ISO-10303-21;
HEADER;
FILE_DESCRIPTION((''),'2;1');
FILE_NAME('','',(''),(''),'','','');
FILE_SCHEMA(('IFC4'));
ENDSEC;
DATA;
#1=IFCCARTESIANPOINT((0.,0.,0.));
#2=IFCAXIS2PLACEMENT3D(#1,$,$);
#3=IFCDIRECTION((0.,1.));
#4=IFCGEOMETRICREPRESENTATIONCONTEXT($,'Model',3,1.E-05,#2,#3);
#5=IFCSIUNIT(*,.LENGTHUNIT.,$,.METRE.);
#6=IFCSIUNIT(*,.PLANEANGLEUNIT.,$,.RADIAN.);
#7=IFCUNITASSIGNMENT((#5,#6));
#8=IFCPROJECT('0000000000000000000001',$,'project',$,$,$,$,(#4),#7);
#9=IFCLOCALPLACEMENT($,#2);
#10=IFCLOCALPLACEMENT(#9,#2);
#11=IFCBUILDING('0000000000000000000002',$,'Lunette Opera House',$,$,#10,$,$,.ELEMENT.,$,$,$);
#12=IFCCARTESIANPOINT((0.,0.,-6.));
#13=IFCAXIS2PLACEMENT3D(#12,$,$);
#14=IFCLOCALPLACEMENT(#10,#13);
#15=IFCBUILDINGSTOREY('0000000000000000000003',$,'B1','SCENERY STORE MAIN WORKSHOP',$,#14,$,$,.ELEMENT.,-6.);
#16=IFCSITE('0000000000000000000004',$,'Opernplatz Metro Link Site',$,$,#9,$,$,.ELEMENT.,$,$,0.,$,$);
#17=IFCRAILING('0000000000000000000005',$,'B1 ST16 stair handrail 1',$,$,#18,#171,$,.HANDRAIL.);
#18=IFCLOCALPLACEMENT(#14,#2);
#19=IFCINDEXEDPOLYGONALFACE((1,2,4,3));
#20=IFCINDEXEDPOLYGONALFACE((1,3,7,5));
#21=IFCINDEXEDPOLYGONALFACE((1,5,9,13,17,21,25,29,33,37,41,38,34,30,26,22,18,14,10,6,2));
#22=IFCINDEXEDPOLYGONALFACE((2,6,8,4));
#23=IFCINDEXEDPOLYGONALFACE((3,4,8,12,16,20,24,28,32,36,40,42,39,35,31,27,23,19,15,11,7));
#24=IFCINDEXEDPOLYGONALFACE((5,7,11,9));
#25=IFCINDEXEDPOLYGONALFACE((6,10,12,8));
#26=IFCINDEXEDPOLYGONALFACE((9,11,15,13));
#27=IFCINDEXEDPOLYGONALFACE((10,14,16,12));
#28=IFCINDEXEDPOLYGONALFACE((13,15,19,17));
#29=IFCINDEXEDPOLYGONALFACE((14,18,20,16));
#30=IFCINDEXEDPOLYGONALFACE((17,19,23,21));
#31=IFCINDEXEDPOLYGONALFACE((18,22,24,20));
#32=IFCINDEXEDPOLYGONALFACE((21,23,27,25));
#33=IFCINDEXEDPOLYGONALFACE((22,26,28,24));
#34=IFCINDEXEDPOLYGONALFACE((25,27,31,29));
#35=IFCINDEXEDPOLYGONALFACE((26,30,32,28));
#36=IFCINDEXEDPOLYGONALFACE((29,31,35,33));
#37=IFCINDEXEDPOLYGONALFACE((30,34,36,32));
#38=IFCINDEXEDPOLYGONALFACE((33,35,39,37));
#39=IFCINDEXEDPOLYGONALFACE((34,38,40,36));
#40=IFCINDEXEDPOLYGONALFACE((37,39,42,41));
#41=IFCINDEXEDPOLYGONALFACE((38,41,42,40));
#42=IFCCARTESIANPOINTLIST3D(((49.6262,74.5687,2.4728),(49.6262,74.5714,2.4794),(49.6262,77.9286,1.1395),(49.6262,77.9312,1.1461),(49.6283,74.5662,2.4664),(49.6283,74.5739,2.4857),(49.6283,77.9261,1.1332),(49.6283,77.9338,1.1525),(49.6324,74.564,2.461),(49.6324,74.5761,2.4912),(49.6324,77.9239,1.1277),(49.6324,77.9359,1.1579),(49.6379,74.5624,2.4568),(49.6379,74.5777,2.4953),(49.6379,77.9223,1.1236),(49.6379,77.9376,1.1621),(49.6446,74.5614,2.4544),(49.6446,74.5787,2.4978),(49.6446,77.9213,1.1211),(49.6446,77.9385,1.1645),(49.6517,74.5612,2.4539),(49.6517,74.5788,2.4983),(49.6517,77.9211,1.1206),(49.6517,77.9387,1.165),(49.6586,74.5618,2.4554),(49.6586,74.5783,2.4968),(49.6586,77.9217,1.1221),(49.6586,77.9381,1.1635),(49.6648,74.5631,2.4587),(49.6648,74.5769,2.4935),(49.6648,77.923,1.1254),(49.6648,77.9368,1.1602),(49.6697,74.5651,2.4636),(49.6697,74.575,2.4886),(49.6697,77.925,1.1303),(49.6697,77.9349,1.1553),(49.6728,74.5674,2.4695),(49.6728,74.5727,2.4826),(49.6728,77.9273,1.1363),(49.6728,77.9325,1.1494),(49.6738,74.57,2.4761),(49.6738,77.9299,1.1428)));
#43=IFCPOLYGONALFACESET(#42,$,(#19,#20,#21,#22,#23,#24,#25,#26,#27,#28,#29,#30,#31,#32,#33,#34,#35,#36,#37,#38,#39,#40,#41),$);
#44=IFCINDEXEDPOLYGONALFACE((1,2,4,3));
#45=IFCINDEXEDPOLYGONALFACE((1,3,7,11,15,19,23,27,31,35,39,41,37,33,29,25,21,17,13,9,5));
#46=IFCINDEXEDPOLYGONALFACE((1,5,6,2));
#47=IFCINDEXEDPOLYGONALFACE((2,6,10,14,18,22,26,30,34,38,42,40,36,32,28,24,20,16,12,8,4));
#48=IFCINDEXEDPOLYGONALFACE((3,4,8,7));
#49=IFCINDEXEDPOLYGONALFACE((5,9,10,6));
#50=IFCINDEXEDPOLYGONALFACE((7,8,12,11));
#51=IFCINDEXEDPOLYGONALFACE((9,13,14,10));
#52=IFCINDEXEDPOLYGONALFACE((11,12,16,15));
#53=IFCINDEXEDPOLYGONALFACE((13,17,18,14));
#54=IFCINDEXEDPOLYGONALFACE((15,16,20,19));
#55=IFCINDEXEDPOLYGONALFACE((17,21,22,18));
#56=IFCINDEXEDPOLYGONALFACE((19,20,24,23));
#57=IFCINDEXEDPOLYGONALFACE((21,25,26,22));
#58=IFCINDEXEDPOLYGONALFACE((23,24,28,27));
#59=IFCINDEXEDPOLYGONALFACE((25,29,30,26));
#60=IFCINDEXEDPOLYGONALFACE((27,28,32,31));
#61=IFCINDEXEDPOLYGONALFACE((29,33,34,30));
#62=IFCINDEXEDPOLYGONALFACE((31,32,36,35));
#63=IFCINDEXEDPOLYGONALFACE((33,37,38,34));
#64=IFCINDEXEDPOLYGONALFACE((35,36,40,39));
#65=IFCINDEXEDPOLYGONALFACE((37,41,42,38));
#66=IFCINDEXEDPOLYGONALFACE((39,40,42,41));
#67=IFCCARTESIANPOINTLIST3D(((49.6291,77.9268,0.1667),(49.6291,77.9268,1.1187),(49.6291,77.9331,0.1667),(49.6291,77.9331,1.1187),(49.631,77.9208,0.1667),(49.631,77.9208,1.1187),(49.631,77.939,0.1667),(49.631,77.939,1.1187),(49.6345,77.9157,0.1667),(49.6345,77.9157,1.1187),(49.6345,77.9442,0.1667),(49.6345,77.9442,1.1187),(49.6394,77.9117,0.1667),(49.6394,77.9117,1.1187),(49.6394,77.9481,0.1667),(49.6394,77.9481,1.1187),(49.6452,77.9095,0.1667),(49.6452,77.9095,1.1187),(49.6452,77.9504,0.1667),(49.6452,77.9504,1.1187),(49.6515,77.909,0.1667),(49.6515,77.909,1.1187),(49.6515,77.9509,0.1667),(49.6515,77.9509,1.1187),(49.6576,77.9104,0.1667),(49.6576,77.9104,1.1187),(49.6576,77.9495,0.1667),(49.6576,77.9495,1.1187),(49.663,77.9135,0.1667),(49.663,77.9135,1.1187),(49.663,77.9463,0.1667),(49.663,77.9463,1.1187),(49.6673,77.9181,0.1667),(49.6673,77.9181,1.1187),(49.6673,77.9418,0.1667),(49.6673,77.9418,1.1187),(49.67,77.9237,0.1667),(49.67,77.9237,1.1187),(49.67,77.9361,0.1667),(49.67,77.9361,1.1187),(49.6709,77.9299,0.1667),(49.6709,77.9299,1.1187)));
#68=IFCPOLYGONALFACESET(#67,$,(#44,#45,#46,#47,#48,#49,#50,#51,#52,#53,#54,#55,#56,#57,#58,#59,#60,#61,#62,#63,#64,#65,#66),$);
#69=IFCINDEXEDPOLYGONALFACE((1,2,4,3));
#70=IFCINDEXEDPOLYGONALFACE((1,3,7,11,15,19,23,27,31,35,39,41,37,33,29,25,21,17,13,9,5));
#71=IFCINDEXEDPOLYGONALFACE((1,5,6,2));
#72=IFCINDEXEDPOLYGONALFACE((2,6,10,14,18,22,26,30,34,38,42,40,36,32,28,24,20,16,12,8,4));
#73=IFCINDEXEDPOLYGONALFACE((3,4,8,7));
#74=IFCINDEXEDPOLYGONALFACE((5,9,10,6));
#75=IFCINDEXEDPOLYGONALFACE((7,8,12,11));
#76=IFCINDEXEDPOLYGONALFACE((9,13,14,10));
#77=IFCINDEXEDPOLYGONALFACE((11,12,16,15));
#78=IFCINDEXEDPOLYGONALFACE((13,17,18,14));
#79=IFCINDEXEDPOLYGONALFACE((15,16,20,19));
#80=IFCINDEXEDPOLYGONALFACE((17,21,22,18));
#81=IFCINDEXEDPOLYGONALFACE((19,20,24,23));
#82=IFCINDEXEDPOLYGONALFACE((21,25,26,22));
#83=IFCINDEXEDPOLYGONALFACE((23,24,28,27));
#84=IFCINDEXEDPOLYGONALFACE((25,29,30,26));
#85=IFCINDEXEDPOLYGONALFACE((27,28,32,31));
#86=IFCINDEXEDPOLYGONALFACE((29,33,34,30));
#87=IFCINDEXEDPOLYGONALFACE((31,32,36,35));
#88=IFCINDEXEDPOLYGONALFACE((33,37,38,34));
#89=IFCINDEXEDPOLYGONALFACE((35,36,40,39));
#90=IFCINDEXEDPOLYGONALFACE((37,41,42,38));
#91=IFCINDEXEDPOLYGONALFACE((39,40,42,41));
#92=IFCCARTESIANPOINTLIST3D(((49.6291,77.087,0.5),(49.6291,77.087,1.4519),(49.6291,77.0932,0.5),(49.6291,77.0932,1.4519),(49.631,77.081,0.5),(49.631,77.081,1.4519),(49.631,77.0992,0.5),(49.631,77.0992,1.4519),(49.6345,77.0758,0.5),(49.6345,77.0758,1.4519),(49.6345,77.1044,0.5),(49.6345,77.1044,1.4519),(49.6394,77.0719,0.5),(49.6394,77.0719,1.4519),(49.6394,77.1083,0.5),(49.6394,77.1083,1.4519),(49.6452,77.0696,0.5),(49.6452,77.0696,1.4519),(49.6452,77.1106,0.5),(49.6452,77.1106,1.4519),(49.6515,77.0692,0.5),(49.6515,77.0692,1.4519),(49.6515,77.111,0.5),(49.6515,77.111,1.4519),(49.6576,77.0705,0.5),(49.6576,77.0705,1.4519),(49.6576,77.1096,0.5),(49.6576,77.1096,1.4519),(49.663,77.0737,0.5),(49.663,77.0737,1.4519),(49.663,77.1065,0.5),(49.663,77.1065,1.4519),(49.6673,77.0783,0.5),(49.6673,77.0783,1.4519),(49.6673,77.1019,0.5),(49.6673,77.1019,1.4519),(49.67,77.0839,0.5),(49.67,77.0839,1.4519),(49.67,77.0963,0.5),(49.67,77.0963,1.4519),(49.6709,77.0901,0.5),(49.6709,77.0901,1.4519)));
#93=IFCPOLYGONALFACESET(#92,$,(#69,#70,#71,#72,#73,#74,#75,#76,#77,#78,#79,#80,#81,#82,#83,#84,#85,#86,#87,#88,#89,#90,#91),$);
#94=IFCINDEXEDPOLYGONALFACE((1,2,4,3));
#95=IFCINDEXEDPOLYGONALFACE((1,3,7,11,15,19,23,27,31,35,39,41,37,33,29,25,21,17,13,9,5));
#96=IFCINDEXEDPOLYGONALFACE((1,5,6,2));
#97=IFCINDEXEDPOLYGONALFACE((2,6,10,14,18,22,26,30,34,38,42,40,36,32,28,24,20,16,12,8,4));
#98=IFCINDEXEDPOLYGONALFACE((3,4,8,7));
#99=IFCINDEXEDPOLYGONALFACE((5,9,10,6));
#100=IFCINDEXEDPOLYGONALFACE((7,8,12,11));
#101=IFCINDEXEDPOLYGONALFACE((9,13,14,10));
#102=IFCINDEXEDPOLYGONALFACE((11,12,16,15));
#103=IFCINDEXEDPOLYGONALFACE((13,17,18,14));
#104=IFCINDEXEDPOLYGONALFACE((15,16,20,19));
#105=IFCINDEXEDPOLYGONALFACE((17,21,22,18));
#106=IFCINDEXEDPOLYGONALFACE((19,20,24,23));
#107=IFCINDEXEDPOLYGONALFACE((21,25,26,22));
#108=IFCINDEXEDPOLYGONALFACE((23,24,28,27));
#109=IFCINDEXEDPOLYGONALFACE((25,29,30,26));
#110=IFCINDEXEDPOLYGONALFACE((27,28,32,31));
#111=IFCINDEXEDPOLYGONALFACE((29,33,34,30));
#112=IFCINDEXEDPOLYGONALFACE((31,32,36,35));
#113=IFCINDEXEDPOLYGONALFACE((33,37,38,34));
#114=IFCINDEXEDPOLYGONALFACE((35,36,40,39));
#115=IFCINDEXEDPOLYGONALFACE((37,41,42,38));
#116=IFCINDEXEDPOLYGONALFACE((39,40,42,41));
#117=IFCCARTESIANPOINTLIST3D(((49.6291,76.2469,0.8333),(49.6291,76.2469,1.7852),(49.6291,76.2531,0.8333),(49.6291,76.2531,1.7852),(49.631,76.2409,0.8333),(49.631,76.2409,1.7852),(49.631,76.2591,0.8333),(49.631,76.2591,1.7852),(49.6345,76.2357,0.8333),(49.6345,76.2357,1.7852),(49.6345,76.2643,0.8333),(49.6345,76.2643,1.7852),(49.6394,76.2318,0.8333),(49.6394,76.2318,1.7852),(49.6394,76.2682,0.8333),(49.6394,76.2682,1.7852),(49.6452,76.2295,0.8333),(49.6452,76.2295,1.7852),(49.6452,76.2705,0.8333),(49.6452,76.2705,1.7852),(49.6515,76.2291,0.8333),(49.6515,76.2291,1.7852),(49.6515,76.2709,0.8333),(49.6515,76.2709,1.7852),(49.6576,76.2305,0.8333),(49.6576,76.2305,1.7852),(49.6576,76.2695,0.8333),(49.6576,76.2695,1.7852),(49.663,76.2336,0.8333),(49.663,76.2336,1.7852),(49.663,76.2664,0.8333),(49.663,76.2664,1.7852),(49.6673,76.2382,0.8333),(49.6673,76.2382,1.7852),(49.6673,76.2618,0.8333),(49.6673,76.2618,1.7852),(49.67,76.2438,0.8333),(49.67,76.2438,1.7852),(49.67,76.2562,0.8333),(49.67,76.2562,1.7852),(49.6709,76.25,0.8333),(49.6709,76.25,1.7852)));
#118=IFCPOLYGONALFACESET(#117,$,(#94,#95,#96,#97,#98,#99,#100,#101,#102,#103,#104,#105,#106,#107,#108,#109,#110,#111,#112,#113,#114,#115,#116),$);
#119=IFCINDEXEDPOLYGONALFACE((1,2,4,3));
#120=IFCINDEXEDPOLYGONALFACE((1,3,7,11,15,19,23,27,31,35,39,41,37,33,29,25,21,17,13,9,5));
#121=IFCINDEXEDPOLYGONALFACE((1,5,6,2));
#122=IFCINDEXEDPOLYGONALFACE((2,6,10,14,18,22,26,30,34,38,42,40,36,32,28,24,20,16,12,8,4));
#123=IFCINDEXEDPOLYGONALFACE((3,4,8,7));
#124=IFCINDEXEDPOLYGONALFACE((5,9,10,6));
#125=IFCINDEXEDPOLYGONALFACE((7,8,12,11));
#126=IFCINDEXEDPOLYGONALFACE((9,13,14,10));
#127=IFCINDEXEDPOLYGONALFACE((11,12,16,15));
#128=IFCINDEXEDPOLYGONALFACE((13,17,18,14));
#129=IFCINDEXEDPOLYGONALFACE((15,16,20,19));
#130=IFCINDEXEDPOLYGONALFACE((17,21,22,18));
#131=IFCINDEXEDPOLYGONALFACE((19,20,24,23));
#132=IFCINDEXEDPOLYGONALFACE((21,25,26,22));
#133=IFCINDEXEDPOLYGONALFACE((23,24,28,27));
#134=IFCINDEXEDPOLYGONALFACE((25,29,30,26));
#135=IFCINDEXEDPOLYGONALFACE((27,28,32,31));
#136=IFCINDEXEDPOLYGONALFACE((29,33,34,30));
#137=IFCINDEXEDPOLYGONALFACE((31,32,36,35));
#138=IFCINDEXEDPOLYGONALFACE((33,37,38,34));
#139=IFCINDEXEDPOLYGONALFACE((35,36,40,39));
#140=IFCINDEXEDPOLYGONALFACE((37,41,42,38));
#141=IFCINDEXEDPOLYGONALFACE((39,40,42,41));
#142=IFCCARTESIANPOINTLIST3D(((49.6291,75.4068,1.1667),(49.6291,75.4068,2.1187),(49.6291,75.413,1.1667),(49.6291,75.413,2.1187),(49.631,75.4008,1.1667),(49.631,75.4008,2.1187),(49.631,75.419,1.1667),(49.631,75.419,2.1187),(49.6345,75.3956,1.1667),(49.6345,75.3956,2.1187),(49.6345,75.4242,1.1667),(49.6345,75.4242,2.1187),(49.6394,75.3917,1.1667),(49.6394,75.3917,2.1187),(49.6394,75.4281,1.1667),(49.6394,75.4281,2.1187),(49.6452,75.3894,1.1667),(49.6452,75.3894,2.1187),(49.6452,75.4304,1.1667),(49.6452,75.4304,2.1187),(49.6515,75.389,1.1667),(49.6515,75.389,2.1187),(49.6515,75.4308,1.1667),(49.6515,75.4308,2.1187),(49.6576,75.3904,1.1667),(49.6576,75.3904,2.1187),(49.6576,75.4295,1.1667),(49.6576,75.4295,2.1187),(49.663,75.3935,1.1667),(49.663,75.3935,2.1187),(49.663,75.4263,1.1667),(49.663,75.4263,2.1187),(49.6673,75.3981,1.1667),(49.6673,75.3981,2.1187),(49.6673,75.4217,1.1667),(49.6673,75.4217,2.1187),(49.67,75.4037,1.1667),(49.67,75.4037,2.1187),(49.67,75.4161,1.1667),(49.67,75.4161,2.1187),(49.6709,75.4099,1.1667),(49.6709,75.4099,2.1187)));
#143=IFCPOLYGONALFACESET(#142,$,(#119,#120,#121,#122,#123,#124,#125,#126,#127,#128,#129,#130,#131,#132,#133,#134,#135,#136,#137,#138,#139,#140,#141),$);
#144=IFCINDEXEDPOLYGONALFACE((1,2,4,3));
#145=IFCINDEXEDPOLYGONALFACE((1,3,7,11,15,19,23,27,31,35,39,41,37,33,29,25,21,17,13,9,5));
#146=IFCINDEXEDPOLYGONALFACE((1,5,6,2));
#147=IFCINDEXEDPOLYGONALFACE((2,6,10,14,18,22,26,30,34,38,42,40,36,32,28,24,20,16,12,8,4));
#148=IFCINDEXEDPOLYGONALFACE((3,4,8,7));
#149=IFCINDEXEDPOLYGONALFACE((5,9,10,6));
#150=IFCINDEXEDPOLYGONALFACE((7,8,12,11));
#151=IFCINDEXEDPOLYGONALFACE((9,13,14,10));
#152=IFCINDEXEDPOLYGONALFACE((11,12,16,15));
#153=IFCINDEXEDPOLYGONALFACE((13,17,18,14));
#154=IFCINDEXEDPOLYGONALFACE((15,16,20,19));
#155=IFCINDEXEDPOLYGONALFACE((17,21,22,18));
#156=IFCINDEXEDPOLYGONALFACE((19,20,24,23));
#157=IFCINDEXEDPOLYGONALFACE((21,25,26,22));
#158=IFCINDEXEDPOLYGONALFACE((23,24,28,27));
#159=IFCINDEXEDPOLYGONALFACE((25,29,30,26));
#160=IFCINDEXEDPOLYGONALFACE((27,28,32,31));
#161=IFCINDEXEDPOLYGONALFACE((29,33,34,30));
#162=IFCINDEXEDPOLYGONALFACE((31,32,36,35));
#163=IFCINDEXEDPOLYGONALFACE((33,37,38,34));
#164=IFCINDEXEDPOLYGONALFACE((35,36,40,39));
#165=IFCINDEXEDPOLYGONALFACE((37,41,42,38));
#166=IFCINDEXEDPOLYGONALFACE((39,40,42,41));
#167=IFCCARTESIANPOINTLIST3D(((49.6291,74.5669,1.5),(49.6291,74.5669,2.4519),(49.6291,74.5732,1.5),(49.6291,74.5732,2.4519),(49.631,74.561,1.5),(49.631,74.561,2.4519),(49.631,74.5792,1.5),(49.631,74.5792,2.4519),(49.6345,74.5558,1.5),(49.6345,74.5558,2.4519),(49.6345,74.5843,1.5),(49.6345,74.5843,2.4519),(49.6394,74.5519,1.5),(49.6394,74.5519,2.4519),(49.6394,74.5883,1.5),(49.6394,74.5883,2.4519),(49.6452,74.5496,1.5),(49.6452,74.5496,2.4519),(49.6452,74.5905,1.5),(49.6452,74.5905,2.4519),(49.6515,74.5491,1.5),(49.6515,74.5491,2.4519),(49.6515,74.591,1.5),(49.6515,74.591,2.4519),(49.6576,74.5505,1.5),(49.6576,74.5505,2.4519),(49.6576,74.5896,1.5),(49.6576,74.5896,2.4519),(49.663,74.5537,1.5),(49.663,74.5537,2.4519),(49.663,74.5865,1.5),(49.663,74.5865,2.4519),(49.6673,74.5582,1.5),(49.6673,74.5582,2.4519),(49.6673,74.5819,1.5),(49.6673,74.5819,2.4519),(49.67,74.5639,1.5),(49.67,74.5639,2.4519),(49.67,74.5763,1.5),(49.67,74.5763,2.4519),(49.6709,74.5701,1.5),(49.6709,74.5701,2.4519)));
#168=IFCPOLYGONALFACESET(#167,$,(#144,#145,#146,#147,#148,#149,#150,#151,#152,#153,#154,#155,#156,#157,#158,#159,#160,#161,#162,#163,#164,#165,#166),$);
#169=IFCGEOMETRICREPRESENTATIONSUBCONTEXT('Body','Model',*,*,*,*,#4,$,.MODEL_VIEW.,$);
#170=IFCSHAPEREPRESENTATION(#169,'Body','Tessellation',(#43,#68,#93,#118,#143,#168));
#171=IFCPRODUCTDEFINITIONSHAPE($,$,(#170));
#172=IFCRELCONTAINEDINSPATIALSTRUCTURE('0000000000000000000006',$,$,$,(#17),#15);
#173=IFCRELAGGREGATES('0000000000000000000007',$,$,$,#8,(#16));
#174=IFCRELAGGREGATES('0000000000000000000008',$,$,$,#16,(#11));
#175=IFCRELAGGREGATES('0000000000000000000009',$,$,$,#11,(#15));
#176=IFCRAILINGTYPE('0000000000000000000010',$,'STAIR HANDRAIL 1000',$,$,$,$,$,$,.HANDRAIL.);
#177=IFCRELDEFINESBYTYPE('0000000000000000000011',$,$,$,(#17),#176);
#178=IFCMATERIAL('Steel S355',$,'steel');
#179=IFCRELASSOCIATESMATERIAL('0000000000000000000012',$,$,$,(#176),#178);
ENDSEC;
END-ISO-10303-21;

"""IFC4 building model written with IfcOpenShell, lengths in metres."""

from ifc_helpers import new_model, si_unit, direction, frame, origin, origin_2d, place, context, subcontext, project, spatial, circle, extrude, material, type_object, element, save


model = new_model("IFC4")

# Units and contexts
model_context = context("Model", 3, precision=1e-05, world=origin(), true_north=direction((0.0, 1.0)))
body_context = subcontext(model_context, "Body", "Model", "MODEL_VIEW")
ifc_project = project(units=[si_unit("LENGTHUNIT", "METRE"), si_unit("PLANEANGLEUNIT", "RADIAN")], contexts=[model_context])

# Site, building, storey
site_placement = place(None, origin())
site = spatial("IfcSite", under=ifc_project, at=site_placement, Name="Opernplatz Metro Link Site", CompositionType="ELEMENT", RefElevation=0.0)
building_placement = place(site_placement, origin())
building = spatial("IfcBuilding", under=site, at=building_placement, Name="Lunette Opera House", CompositionType="ELEMENT")
storey_placement = place(building_placement, frame((0.0, 0.0, -6.0)))
storey = spatial("IfcBuildingStorey", under=building, at=storey_placement, Name="B1", Description="SCENERY STORE MAIN WORKSHOP", CompositionType="ELEMENT", Elevation=-6.0)

# Railing
ifc_material_1 = material(Name="Steel S355", Category="steel")
railing_type_1 = type_object("IfcRailingType", Name="STAIR HANDRAIL 1000", PredefinedType="HANDRAIL", material=ifc_material_1)
for number, where, name in (
    (1, (49.6499, 77.9299, 0.1667), "B1 ST16 stair handrail 1"),
):
    element("IfcRailing", number, at=place(storey_placement, frame(where)), inside=storey, type_object=railing_type_1, Name=name, PredefinedType="HANDRAIL", context=body_context, shape_type="SweptSolid", body=[
        extrude(circle(Radius=0.0239, at=origin_2d()), frame((0.0, 0.0, 0.9761), z_axis=(0.0, -0.929493, 0.368839), x_axis=(1.0, 0.0, 0.0)), (0.0, 0.0, 1.0), 3.6147),
        extrude(circle(Radius=0.021, at=origin_2d()), origin(), (0.0, 0.0, 1.0), 0.9519),
        extrude(circle(Radius=0.021, at=origin_2d()), frame((0.0, -0.8398, 0.3333)), (0.0, 0.0, 1.0), 0.9519),
        extrude(circle(Radius=0.021, at=origin_2d()), frame((0.0, -1.6799, 0.6665)), (0.0, 0.0, 1.0), 0.9519),
        extrude(circle(Radius=0.021, at=origin_2d()), frame((0.0, -2.52, 1.0)), (0.0, 0.0, 1.0), 0.9519),
        extrude(circle(Radius=0.021, at=origin_2d()), frame((0.0, -3.3599, 1.3333)), (0.0, 0.0, 1.0), 0.9519),
    ])

save(model, "model.ifc")
